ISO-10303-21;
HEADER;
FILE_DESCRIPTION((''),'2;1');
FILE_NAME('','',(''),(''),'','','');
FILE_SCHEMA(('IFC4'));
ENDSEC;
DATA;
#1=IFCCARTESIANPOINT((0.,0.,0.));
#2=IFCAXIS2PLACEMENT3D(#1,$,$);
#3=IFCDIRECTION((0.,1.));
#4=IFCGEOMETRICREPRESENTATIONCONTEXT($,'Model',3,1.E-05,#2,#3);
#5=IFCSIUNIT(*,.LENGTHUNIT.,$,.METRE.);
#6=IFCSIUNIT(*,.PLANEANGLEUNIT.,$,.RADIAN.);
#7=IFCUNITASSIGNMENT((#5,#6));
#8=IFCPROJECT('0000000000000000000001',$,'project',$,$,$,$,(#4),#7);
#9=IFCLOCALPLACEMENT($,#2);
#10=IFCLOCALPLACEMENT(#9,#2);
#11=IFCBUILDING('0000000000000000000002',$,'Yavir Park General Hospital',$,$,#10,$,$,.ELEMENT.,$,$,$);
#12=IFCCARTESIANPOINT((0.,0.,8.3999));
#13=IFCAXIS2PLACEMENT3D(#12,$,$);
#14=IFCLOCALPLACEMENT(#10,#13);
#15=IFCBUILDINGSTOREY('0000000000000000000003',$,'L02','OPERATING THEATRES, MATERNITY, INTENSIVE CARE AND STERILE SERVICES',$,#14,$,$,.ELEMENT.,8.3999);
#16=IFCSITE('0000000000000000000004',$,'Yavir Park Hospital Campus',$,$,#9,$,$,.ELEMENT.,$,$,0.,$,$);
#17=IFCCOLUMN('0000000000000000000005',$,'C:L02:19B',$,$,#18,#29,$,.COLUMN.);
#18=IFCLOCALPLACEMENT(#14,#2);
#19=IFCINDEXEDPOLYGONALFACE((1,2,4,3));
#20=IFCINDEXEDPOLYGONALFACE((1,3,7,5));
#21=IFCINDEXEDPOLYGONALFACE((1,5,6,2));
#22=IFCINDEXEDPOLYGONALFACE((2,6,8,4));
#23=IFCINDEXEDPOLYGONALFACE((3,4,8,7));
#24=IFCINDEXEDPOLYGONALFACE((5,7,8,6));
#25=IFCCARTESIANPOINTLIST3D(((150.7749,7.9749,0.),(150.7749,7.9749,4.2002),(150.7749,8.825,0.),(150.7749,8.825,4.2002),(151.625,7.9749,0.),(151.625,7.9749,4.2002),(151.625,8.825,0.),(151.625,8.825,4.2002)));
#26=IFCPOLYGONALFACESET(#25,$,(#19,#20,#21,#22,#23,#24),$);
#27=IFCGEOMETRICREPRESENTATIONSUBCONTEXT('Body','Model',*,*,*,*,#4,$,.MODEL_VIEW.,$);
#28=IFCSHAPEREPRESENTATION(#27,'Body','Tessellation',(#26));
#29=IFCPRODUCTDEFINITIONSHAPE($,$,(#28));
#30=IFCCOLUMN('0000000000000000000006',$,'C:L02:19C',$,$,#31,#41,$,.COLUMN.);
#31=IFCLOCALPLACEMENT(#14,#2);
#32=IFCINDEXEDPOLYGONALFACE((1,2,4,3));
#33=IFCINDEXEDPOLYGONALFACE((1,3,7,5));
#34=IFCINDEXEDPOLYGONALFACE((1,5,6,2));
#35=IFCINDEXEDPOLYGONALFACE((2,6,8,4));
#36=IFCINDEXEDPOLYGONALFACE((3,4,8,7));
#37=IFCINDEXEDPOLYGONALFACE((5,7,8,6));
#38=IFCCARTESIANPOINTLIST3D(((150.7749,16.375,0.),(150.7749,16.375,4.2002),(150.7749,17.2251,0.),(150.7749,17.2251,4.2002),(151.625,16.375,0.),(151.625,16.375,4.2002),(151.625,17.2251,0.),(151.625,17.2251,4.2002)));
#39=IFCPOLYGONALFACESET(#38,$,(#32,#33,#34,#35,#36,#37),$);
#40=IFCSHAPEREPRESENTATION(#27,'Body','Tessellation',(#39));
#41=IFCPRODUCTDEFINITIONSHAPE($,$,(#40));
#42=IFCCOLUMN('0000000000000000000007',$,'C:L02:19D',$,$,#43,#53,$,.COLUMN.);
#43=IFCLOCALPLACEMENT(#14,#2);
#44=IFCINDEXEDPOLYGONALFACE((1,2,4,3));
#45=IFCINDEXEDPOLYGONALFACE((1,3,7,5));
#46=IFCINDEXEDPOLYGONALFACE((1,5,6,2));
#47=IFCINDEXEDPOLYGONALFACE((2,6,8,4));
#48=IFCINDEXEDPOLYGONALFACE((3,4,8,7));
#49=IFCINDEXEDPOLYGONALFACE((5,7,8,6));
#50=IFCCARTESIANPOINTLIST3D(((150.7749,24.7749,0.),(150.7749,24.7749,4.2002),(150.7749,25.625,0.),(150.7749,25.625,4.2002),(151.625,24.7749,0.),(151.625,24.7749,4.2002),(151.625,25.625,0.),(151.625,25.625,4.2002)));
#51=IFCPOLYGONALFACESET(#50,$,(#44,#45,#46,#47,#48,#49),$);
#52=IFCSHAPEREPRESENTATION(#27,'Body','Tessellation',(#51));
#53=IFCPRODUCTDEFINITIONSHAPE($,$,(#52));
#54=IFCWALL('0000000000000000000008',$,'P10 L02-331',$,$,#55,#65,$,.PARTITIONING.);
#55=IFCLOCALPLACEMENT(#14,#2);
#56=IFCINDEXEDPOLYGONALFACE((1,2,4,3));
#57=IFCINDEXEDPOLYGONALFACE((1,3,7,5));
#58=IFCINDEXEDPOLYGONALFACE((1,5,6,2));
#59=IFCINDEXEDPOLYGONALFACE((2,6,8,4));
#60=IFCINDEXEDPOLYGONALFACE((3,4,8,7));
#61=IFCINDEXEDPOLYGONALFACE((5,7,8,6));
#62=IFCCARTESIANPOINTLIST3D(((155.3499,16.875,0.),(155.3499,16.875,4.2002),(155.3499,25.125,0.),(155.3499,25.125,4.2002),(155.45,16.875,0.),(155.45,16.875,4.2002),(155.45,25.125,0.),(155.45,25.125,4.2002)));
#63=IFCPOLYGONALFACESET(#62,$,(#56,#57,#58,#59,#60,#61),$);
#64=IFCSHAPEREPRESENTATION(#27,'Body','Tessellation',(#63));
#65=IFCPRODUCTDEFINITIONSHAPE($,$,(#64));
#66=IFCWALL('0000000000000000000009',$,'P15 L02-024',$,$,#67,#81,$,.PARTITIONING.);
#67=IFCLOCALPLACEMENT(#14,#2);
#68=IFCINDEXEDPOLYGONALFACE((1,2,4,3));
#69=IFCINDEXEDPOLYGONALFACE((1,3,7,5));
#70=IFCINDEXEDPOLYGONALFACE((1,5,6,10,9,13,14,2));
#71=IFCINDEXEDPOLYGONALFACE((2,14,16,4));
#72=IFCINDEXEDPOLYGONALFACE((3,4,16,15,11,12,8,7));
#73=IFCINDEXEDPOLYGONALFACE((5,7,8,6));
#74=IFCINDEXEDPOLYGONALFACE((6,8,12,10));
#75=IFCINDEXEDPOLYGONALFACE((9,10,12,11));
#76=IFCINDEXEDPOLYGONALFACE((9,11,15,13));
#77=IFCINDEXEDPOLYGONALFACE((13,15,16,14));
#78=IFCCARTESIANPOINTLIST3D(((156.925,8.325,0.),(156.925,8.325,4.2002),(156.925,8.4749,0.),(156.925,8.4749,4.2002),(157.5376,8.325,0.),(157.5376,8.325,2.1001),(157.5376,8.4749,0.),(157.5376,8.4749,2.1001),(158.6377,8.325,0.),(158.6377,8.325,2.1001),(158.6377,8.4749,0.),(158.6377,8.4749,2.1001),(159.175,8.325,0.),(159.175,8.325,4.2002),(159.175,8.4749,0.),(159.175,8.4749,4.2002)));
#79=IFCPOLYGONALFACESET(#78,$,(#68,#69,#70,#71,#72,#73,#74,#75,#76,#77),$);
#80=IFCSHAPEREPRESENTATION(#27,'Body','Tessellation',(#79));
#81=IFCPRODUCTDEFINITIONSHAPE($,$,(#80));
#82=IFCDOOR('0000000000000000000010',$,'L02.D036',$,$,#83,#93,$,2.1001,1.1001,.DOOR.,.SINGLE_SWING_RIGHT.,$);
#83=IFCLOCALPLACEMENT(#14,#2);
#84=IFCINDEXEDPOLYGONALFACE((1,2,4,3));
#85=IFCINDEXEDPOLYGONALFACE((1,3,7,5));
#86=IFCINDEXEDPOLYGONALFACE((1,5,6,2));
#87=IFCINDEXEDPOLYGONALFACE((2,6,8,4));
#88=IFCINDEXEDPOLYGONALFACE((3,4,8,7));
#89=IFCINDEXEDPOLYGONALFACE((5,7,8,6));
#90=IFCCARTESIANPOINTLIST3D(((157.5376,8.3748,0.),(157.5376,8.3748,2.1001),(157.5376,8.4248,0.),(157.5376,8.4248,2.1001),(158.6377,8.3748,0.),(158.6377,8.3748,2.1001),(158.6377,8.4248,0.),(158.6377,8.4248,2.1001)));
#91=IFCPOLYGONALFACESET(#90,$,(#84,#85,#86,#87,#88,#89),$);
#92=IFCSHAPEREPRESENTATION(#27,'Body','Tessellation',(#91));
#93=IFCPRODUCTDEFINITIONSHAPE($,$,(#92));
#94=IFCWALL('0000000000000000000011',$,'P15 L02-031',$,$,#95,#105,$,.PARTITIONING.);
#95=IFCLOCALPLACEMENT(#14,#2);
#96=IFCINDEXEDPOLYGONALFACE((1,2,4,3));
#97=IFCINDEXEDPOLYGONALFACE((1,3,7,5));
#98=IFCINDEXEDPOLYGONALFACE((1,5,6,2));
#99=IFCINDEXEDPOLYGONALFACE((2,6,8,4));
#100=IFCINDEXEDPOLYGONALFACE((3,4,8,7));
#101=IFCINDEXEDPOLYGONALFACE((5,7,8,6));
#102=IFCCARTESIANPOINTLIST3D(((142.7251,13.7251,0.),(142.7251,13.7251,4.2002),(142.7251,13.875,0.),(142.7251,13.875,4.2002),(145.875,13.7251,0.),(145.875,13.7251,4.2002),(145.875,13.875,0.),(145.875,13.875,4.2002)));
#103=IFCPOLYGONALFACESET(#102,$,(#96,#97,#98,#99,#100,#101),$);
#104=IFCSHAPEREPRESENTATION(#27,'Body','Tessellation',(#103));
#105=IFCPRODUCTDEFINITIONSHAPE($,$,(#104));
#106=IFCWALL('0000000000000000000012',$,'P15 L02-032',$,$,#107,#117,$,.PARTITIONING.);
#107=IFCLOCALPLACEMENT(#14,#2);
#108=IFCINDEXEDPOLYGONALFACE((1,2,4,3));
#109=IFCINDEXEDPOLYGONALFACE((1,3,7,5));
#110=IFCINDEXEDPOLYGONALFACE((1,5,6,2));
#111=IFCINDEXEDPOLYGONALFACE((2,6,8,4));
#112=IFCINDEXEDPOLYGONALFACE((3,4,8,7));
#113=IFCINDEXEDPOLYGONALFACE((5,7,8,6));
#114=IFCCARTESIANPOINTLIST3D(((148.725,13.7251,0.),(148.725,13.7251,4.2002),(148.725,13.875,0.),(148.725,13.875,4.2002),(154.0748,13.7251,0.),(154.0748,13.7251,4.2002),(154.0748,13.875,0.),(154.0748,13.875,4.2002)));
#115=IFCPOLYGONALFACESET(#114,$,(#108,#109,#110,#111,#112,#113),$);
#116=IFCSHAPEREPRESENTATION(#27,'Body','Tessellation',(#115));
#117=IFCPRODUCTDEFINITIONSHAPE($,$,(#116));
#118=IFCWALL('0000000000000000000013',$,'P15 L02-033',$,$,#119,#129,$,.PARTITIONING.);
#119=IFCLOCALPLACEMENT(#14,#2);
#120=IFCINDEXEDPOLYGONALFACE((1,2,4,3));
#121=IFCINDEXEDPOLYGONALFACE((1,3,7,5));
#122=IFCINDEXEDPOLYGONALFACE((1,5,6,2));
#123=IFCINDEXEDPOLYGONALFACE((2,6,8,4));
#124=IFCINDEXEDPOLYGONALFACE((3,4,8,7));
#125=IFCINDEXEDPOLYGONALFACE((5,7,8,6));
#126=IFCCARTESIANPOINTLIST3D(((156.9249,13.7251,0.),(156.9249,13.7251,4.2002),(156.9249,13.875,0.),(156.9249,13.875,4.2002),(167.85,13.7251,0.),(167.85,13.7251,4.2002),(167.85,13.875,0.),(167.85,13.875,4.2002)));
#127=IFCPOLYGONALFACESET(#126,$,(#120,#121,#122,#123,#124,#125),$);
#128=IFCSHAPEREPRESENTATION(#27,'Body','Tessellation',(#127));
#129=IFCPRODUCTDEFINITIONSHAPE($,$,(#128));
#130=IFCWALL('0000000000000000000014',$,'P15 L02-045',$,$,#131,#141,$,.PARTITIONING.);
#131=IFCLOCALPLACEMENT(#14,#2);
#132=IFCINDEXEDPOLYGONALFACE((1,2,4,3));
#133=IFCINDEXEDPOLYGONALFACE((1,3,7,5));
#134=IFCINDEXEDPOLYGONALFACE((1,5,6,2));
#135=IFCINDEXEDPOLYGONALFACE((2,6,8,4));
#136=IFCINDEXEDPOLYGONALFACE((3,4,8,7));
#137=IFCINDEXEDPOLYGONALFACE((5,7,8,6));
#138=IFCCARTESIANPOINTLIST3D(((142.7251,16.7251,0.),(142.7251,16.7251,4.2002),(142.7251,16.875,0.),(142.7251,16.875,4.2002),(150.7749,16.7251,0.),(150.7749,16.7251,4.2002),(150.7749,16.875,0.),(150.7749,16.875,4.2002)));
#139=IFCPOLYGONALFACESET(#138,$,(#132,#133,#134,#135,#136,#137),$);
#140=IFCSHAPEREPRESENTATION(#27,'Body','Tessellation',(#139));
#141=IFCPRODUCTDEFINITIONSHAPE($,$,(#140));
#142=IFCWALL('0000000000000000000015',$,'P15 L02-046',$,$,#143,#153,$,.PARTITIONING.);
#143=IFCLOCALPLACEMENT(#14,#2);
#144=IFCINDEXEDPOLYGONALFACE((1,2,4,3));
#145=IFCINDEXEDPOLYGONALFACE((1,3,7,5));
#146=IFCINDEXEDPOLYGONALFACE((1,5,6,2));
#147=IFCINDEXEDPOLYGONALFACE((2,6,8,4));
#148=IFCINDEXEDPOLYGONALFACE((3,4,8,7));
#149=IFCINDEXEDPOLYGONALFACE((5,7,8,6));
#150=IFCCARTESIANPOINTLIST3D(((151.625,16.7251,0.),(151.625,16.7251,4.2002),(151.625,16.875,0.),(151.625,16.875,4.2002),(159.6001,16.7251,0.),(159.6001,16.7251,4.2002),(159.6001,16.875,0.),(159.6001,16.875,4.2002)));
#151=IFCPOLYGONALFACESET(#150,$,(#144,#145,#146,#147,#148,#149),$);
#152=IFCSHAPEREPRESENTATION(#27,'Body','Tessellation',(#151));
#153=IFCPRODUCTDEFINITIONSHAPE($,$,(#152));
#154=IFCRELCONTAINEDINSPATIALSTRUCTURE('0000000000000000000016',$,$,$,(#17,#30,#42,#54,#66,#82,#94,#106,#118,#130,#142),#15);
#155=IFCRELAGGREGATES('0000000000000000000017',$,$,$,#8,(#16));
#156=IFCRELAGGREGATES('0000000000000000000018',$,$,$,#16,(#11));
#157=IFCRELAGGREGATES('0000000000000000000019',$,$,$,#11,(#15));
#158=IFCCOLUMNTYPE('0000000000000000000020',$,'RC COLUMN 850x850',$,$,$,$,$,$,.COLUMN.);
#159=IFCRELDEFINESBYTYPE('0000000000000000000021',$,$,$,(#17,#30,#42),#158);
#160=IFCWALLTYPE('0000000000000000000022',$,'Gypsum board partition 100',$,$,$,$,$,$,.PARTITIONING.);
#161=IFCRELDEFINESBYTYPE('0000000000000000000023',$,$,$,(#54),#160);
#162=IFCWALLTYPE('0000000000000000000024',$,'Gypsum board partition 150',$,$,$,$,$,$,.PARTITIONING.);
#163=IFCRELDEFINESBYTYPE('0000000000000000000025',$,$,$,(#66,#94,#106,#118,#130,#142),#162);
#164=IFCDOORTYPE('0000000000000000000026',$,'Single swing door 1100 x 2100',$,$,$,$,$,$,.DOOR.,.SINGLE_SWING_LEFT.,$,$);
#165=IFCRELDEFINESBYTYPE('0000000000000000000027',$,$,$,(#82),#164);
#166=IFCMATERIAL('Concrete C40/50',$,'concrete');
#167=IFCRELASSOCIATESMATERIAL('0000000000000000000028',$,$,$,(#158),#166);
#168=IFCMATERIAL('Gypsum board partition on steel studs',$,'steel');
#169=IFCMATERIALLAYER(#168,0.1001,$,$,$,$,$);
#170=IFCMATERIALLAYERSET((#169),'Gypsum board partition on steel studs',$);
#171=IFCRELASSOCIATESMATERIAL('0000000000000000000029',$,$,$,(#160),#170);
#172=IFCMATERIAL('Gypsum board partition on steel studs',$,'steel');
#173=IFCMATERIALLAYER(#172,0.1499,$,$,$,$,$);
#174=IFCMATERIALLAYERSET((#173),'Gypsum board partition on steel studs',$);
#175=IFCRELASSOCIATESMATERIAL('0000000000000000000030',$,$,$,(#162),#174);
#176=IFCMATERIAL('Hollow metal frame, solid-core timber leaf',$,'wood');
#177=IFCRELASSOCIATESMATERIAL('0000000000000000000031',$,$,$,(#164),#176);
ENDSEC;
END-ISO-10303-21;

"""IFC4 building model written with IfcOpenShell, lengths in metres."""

from ifc_helpers import new_model, si_unit, direction, frame, frame_2d, origin, origin_2d, place, context, subcontext, project, spatial, rectangle, extrude, material, layer, layer_set, material_profile, profile_set, type_object, element, fill, save


model = new_model("IFC4")

# Units and contexts
model_context = context("Model", 3, precision=1e-05, world=origin(), true_north=direction((0.0, 1.0)))
body_context = subcontext(model_context, "Body", "Model", "MODEL_VIEW")
ifc_project = project(units=[si_unit("LENGTHUNIT", "METRE"), si_unit("PLANEANGLEUNIT", "RADIAN")], contexts=[model_context])

# Site, building, storey
site_placement = place(None, origin())
site = spatial("IfcSite", under=ifc_project, at=site_placement, Name="Yavir Park Hospital Campus", CompositionType="ELEMENT", RefElevation=0.0)
building_placement = place(site_placement, origin())
building = spatial("IfcBuilding", under=site, at=building_placement, Name="Yavir Park General Hospital", CompositionType="ELEMENT")
storey_placement = place(building_placement, frame((0.0, 0.0, 8.3999)))
storey = spatial("IfcBuildingStorey", under=building, at=storey_placement, Name="L02", Description="OPERATING THEATRES, MATERNITY, INTENSIVE CARE AND STERILE SERVICES", CompositionType="ELEMENT", Elevation=8.3999)

# Columns
ifc_material_1 = material(Name="Concrete C40/50", Category="concrete")
ifc_material_profile = material_profile(ifc_material_1, rectangle(XDim=0.8501, YDim=0.8501, at=origin_2d()), Name="RC850x850")
ifc_profile_set = profile_set([ifc_material_profile], Name="Concrete C40/50")
column_type = type_object("IfcColumnType", Name="RC COLUMN 850x850", PredefinedType="COLUMN", material=ifc_profile_set)
for number, where, z_axis, x_axis, name in (
    (1, (151.2, 8.3999, 0.0), (0.0, 0.0, 1.0), (1.0, 0.0, 0.0), "C:L02:19B"),
    (2, (151.2, 16.8, 0.0), (0.0, 0.0, 1.0), (1.0, 0.0, 0.0), "C:L02:19C"),
    (3, (151.2, 25.2, 0.0), (0.0, 0.0, 1.0), (1.0, 0.0, 0.0), "C:L02:19D"),
):
    element("IfcColumn", number, at=place(storey_placement, frame(where, z_axis=z_axis, x_axis=x_axis)), inside=storey, type_object=column_type, Name=name, PredefinedType="COLUMN", context=body_context, shape_type="SweptSolid", body=[
        extrude(rectangle(XDim=0.8501, YDim=0.8501, at=origin_2d()), origin(), (0.0, 0.0, 1.0), 4.2002),
    ])

# Wall
ifc_material_2 = material(Name="Gypsum board partition on steel studs", Category="steel")
ifc_layer_1 = layer(ifc_material_2, 0.1001)
ifc_layer_set_1 = layer_set([ifc_layer_1], Name="Gypsum board partition on steel studs")
wall_type_1 = type_object("IfcWallType", Name="Gypsum board partition 100", PredefinedType="PARTITIONING", material=ifc_layer_set_1)
wall_1_placement = place(storey_placement, frame((155.3999, 16.875, 0.0), z_axis=(0.0, 0.0, 1.0), x_axis=(0.0, 1.0, 0.0)))
element("IfcWall", 4, at=wall_1_placement, inside=storey, type_object=wall_type_1, Name="P10 L02-331", PredefinedType="PARTITIONING", context=body_context, shape_type="SweptSolid", body=[
    extrude(rectangle(XDim=8.25, YDim=0.1001, at=frame_2d((4.125, 0.0))), origin(), (0.0, 0.0, 1.0), 4.2002),
])

# Wall, opening, door
ifc_material_3 = material(Name="Gypsum board partition on steel studs", Category="steel")
ifc_layer_2 = layer(ifc_material_3, 0.1499)
ifc_layer_set_2 = layer_set([ifc_layer_2], Name="Gypsum board partition on steel studs")
wall_type_2 = type_object("IfcWallType", Name="Gypsum board partition 150", PredefinedType="PARTITIONING", material=ifc_layer_set_2)
wall_2_placement = place(storey_placement, frame((156.925, 8.3999, 0.0), z_axis=(0.0, 0.0, 1.0), x_axis=(1.0, 0.0, 0.0)))
wall_2 = element("IfcWall", 5, at=wall_2_placement, inside=storey, type_object=wall_type_2, Name="P15 L02-024", PredefinedType="PARTITIONING", context=body_context, shape_type="SweptSolid", body=[
    extrude(rectangle(XDim=2.25, YDim=0.1499, at=frame_2d((1.125, 0.0))), origin(), (0.0, 0.0, 1.0), 4.2002),
])
opening_1_placement = place(wall_2_placement, frame((0.6125, 0.0, 0.0)))
opening_1 = element("IfcOpeningElement", 6, at=opening_1_placement, cuts=wall_2, PredefinedType="OPENING", context=body_context, shape_type="SweptSolid", body=[
    extrude(rectangle(XDim=1.1001, YDim=2.1001, at=frame_2d((0.55, 1.05))), frame((0.0, 0.085, 0.0), z_axis=(0.0, -1.0, 0.0), x_axis=(1.0, 0.0, 0.0)), (0.0, 0.0, 1.0), 0.1699),
])
ifc_material_4 = material(Name="Hollow metal frame, solid-core timber leaf", Category="wood")
door_type_1 = type_object("IfcDoorType", Name="Single swing door 1100 x 2100", OperationType="SINGLE_SWING_LEFT", PredefinedType="DOOR", material=ifc_material_4)
door_1_placement = place(opening_1_placement, origin())
door_1 = element("IfcDoor", 7, at=door_1_placement, inside=storey, type_object=door_type_1, Name="L02.D036", OperationType="SINGLE_SWING_RIGHT", OverallHeight=2.1001, OverallWidth=1.1001, PredefinedType="DOOR", context=body_context, shape_type="SweptSolid", body=[
    extrude(rectangle(XDim=1.1001, YDim=2.1001, at=frame_2d((0.55, 1.05))), frame((0.0, 0.0249, 0.0), z_axis=(0.0, -1.0, 0.0), x_axis=(1.0, 0.0, 0.0)), (0.0, 0.0, 1.0), 0.05),
])
fill(opening_1, door_1)

# Walls
wall_3_placement = place(storey_placement, frame((142.7251, 13.8, 0.0), z_axis=(0.0, 0.0, 1.0), x_axis=(1.0, 0.0, 0.0)))
element("IfcWall", 8, at=wall_3_placement, inside=storey, type_object=wall_type_2, Name="P15 L02-031", PredefinedType="PARTITIONING", context=body_context, shape_type="SweptSolid", body=[
    extrude(rectangle(XDim=3.1499, YDim=0.1499, at=frame_2d((1.575, 0.0))), origin(), (0.0, 0.0, 1.0), 4.2002),
])
wall_4_placement = place(storey_placement, frame((148.7251, 13.8, 0.0), z_axis=(0.0, 0.0, 1.0), x_axis=(1.0, 0.0, 0.0)))
element("IfcWall", 9, at=wall_4_placement, inside=storey, type_object=wall_type_2, Name="P15 L02-032", PredefinedType="PARTITIONING", context=body_context, shape_type="SweptSolid", body=[
    extrude(rectangle(XDim=5.3499, YDim=0.1499, at=frame_2d((2.6748, 0.0))), origin(), (0.0, 0.0, 1.0), 4.2002),
])
wall_5_placement = place(storey_placement, frame((156.925, 13.8, 0.0), z_axis=(0.0, 0.0, 1.0), x_axis=(1.0, 0.0, 0.0)))
element("IfcWall", 10, at=wall_5_placement, inside=storey, type_object=wall_type_2, Name="P15 L02-033", PredefinedType="PARTITIONING", context=body_context, shape_type="SweptSolid", body=[
    extrude(rectangle(XDim=10.925, YDim=0.1499, at=frame_2d((5.4624, 0.0))), origin(), (0.0, 0.0, 1.0), 4.2002),
])
wall_6_placement = place(storey_placement, frame((142.7251, 16.8, 0.0), z_axis=(0.0, 0.0, 1.0), x_axis=(1.0, 0.0, 0.0)))
element("IfcWall", 11, at=wall_6_placement, inside=storey, type_object=wall_type_2, Name="P15 L02-045", PredefinedType="PARTITIONING", context=body_context, shape_type="SweptSolid", body=[
    extrude(rectangle(XDim=8.0498, YDim=0.1499, at=frame_2d((4.0249, 0.0))), origin(), (0.0, 0.0, 1.0), 4.2002),
])
wall_7_placement = place(storey_placement, frame((151.625, 16.8, 0.0), z_axis=(0.0, 0.0, 1.0), x_axis=(1.0, 0.0, 0.0)))
element("IfcWall", 12, at=wall_7_placement, inside=storey, type_object=wall_type_2, Name="P15 L02-046", PredefinedType="PARTITIONING", context=body_context, shape_type="SweptSolid", body=[
    extrude(rectangle(XDim=7.9751, YDim=0.1499, at=frame_2d((3.9875, 0.0))), origin(), (0.0, 0.0, 1.0), 4.2002),
])

save(model, "model.ifc")
